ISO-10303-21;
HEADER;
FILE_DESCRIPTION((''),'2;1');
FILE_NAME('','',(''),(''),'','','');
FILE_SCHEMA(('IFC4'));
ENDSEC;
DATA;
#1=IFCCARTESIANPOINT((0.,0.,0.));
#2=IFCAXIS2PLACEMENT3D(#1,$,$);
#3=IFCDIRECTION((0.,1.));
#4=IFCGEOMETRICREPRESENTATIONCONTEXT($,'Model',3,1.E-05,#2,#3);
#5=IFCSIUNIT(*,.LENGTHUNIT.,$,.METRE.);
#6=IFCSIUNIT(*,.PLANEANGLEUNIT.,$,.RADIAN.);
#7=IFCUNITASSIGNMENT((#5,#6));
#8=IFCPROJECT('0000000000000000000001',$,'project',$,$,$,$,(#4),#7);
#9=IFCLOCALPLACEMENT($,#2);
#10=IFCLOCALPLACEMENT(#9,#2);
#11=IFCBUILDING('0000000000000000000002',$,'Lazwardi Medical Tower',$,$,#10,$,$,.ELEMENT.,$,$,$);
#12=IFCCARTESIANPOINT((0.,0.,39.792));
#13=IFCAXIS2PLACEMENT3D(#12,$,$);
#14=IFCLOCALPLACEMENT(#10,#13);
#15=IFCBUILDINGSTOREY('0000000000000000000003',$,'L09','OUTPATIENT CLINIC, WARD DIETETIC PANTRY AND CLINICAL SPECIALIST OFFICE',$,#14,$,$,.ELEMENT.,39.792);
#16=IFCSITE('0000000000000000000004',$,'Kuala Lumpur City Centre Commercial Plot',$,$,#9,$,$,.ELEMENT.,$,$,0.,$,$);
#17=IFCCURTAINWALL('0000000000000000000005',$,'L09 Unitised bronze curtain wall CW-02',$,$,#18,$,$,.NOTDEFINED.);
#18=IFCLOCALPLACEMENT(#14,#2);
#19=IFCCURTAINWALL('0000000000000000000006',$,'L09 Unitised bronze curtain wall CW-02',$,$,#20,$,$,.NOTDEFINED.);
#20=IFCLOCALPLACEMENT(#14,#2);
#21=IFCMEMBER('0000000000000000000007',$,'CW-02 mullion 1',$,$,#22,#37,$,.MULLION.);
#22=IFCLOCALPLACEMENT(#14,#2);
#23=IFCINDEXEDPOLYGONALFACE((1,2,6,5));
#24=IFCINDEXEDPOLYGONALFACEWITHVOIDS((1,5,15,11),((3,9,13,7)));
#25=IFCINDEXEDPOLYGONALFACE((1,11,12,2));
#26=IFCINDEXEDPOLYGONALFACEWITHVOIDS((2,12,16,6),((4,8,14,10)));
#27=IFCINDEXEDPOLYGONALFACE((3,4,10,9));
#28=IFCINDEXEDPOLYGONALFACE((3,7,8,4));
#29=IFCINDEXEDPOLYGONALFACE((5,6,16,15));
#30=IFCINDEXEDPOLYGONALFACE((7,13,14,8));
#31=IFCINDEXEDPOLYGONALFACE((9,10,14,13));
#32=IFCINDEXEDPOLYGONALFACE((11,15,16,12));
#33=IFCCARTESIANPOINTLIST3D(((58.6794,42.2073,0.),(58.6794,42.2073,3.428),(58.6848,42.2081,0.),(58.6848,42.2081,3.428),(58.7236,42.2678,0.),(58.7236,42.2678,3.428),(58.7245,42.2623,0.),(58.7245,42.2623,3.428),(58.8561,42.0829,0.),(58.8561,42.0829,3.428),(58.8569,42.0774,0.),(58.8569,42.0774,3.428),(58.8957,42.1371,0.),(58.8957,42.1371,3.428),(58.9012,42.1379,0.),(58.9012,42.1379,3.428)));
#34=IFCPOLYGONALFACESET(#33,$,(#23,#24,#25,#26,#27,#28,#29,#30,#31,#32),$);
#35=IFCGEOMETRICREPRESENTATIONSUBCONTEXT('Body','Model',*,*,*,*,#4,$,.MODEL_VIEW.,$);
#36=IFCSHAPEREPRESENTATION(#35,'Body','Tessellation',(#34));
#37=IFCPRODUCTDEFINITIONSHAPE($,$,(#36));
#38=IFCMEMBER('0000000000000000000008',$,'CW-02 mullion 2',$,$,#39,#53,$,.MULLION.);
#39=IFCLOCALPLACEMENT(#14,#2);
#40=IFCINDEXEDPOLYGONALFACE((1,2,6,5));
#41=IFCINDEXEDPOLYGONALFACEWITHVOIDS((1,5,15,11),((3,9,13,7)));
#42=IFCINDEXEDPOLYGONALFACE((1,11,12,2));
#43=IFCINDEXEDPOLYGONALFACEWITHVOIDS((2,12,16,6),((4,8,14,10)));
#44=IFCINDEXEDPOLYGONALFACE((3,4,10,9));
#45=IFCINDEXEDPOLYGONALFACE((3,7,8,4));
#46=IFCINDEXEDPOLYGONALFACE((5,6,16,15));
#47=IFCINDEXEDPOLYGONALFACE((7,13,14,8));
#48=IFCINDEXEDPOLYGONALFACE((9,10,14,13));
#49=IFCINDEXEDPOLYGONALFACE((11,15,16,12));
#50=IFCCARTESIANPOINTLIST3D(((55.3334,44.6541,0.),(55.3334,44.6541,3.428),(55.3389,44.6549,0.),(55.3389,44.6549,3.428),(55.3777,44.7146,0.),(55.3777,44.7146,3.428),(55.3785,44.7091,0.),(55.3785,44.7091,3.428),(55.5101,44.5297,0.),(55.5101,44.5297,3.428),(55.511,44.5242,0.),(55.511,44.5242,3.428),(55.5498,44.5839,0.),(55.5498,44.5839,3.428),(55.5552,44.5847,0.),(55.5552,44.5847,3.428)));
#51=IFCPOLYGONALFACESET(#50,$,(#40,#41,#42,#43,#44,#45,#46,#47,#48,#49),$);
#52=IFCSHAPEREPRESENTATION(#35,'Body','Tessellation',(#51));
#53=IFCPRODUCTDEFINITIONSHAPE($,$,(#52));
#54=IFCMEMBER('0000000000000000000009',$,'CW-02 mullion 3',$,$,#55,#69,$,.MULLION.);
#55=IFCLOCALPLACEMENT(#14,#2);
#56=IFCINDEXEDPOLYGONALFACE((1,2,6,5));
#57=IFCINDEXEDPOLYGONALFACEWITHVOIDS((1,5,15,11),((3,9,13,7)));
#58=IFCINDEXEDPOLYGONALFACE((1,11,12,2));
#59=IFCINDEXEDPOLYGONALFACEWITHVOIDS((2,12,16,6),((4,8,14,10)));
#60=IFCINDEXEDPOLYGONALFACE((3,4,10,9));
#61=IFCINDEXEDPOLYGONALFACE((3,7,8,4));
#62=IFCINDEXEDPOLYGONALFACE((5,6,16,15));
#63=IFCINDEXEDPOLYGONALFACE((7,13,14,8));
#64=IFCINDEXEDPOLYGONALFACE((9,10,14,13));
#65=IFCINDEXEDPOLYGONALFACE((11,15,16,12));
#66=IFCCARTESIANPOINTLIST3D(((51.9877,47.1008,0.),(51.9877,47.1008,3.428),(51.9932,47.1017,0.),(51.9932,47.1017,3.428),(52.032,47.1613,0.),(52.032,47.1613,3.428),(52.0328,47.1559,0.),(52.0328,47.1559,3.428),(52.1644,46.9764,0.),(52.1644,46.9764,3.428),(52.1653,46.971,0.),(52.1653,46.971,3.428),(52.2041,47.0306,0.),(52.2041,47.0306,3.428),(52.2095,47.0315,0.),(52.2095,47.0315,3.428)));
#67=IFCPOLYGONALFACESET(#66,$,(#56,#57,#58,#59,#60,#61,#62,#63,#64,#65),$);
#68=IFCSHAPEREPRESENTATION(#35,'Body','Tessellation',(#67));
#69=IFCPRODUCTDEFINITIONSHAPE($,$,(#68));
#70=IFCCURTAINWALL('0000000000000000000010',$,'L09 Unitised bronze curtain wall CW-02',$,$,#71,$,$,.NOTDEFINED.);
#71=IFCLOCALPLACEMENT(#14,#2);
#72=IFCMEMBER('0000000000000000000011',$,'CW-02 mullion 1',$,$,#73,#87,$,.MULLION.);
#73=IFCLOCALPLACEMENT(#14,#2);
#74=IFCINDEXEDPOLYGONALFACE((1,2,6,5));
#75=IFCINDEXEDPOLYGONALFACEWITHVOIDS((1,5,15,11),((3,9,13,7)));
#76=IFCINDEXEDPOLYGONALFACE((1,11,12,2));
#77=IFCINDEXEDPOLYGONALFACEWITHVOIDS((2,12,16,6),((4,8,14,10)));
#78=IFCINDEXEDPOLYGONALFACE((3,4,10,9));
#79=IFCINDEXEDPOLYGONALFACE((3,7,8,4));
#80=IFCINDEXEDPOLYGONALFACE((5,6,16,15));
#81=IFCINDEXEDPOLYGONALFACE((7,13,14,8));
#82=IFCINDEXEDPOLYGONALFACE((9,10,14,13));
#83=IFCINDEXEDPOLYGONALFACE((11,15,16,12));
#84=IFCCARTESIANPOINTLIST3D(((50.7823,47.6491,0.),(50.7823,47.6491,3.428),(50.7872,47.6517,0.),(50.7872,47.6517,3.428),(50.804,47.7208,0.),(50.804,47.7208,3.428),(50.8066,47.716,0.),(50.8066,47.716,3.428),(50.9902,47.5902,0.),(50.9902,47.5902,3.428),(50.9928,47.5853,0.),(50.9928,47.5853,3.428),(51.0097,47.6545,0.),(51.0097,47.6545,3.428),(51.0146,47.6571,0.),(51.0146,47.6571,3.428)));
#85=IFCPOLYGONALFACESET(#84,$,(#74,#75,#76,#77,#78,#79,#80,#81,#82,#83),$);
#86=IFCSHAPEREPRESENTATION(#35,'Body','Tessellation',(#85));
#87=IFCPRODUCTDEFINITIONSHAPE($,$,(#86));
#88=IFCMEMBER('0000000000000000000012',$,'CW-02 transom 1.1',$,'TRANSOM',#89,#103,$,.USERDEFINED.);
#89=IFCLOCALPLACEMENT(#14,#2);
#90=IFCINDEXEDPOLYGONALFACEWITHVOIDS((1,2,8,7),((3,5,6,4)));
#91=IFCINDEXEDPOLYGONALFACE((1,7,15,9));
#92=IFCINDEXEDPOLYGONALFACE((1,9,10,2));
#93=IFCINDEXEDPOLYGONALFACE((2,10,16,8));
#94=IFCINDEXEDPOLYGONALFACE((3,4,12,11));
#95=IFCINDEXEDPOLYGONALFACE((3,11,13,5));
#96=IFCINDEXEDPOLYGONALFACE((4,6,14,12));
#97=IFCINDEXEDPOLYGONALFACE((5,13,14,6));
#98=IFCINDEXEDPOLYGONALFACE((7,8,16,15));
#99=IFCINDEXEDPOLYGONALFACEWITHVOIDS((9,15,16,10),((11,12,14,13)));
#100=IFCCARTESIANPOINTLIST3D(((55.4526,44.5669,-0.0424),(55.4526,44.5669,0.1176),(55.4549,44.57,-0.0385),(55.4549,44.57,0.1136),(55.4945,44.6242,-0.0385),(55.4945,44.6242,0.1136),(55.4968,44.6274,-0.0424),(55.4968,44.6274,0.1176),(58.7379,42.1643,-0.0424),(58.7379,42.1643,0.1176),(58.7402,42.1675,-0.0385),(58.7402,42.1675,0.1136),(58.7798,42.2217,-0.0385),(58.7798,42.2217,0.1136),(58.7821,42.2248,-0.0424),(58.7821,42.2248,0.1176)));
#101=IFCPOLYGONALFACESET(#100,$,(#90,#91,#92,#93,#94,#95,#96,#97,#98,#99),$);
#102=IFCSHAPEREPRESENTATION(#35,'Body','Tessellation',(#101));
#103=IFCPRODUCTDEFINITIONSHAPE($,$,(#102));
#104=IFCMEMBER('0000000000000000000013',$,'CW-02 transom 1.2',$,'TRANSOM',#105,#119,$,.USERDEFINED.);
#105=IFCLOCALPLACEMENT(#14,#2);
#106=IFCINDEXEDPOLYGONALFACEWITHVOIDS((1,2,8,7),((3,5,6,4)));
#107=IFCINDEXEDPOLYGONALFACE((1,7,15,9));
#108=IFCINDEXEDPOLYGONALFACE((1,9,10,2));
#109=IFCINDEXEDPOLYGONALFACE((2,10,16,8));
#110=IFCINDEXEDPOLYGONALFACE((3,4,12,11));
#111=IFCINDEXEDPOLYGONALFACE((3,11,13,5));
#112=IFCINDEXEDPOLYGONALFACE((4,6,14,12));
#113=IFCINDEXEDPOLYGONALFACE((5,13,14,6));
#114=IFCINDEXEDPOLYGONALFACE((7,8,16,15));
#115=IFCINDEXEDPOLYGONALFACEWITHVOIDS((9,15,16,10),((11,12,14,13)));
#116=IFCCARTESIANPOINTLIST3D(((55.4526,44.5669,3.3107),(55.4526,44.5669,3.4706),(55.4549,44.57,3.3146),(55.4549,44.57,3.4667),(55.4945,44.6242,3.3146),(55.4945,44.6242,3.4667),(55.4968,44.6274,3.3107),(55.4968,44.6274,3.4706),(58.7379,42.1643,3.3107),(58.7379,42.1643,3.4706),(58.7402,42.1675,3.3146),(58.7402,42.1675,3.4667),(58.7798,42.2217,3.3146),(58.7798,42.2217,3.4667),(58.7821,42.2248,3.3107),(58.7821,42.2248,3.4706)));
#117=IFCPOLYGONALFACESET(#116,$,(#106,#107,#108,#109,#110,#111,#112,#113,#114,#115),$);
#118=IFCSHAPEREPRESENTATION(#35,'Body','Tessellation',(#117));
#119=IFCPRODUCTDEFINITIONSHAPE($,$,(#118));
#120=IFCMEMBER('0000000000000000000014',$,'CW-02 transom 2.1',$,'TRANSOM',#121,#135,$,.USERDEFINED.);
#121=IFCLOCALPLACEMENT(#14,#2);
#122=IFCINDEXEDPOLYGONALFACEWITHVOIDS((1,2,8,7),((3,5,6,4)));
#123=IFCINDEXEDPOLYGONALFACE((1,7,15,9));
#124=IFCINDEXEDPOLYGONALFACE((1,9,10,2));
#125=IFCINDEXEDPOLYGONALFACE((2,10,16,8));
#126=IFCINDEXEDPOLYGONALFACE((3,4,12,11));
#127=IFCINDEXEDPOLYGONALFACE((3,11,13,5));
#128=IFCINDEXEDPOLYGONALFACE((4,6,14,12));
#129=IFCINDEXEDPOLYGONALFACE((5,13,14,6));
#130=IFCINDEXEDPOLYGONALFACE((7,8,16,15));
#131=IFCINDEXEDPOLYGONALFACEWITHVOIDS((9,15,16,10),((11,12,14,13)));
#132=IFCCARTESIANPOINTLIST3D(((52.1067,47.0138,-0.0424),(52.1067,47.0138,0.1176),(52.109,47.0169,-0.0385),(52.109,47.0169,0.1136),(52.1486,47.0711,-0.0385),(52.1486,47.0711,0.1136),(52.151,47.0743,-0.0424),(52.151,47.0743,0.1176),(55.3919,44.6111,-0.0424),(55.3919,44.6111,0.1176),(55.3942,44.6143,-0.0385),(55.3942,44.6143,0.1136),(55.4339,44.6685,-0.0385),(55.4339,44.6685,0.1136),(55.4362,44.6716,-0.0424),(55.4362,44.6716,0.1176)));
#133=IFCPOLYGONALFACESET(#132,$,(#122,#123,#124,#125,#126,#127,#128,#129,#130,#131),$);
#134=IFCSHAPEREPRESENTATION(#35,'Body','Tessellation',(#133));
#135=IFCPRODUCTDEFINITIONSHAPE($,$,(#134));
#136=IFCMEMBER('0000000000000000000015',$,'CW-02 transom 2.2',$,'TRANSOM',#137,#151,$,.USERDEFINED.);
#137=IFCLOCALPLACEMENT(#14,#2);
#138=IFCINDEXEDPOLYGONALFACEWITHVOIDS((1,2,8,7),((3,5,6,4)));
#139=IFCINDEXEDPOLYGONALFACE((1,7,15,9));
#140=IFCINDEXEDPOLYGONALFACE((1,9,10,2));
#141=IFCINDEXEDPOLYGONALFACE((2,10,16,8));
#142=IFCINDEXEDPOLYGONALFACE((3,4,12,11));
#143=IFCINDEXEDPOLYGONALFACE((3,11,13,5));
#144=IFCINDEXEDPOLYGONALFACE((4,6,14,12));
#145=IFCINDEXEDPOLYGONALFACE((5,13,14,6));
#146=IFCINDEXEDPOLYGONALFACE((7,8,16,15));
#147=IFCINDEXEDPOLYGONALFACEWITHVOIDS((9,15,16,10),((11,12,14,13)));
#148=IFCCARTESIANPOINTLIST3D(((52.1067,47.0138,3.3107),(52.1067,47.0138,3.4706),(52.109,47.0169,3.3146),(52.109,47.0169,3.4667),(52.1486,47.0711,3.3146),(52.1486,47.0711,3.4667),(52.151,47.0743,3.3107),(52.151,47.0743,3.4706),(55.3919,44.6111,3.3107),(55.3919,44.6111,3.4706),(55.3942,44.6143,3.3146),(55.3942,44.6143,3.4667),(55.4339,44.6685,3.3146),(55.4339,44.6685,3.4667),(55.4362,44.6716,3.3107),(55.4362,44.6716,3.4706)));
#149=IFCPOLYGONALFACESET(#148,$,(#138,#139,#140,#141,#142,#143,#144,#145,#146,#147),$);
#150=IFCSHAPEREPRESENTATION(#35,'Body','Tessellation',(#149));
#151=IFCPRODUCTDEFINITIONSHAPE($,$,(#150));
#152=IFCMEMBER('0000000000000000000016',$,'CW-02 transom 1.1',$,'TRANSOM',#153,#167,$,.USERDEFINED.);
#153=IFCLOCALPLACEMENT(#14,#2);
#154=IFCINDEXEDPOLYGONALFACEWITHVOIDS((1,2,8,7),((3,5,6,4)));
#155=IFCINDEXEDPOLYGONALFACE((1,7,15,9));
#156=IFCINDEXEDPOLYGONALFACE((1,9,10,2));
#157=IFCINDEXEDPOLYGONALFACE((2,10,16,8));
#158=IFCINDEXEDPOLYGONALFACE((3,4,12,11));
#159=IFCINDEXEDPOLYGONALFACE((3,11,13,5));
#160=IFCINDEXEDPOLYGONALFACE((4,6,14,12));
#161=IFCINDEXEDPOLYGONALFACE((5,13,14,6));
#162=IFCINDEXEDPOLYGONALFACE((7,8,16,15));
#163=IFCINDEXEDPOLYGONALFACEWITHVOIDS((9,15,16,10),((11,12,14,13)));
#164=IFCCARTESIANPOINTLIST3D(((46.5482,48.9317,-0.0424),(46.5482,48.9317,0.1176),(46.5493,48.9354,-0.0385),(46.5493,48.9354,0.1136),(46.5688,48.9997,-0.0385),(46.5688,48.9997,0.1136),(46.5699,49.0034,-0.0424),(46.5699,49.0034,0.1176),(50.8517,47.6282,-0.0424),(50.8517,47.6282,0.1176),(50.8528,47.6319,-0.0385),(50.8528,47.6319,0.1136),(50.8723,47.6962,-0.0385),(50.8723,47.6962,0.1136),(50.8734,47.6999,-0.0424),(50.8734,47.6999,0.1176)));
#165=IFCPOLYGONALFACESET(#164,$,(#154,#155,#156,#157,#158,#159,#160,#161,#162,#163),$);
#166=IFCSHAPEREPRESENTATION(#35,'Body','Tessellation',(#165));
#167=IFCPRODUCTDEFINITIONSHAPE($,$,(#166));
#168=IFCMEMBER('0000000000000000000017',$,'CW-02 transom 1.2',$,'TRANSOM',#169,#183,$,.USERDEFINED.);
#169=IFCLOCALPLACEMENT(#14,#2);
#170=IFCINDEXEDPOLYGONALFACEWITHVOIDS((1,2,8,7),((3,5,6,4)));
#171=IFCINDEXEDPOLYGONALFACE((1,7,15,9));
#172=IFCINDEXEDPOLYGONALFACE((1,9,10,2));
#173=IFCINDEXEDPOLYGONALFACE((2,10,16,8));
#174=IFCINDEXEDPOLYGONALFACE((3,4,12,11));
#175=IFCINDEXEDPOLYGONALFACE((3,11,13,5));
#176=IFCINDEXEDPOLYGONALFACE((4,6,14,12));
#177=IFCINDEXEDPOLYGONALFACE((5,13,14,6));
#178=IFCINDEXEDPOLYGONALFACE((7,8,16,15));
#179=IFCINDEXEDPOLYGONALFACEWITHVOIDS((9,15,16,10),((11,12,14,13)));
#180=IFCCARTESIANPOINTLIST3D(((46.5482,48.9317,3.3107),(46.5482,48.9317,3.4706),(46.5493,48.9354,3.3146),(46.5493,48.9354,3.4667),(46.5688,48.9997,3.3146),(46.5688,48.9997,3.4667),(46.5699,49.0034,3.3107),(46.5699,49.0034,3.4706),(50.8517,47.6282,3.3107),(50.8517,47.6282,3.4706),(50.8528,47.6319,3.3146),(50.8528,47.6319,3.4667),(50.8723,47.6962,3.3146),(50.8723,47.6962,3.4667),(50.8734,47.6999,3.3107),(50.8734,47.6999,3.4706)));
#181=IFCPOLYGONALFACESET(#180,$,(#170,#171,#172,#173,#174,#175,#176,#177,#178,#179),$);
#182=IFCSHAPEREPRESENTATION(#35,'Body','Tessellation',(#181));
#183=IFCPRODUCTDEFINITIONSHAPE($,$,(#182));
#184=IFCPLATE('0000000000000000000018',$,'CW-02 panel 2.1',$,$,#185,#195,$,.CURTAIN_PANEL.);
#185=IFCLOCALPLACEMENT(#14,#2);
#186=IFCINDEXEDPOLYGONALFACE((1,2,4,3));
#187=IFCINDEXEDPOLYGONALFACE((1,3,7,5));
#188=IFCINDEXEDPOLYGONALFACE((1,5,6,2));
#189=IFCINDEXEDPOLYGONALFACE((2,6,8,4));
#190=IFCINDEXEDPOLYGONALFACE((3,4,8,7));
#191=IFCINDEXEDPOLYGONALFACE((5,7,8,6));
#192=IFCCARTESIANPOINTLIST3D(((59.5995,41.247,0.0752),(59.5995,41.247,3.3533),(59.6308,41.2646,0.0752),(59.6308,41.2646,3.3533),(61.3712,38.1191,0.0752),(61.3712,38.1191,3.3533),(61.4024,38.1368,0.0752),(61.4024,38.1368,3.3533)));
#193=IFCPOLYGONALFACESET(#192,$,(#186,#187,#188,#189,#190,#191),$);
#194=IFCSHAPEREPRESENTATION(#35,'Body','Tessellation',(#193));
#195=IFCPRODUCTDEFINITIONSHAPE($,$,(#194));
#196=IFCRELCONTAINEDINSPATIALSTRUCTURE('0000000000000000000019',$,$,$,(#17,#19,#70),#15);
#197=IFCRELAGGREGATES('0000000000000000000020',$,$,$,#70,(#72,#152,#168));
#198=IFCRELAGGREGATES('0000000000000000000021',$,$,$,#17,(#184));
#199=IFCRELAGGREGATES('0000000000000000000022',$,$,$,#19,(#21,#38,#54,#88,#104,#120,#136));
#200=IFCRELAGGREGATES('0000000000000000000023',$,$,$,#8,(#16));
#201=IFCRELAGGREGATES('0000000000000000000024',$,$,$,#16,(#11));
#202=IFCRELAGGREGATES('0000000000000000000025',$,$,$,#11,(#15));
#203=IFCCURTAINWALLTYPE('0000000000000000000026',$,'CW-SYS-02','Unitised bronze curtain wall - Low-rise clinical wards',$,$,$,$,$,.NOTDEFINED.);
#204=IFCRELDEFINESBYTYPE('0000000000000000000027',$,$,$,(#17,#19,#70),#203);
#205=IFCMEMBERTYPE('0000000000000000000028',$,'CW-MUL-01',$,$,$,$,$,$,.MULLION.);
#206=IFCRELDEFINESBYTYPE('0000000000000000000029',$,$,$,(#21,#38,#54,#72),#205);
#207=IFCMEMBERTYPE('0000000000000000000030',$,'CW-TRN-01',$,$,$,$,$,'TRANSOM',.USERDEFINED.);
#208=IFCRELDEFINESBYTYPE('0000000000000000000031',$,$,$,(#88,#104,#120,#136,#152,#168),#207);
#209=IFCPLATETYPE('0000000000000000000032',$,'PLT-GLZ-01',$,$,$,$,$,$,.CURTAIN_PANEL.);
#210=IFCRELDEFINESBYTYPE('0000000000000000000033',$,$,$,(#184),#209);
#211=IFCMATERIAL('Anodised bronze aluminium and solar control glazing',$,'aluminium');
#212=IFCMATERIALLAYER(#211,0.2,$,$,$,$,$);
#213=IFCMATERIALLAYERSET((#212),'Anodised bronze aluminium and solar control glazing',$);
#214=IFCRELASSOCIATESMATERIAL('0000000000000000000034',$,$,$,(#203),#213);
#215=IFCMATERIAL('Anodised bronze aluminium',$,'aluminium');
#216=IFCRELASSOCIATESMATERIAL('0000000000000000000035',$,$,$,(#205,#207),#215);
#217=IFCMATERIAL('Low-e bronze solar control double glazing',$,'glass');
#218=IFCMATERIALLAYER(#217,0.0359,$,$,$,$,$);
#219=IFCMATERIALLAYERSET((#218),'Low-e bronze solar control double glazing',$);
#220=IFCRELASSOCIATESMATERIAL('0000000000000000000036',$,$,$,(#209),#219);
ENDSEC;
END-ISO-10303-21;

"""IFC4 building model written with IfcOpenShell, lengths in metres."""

from ifc_helpers import new_model, si_unit, direction, frame, origin, origin_2d, place, context, subcontext, project, spatial, rectangle, hollow_rectangle, extrude, material, layer, layer_set, material_profile, profile_set, type_object, element, aggregate, save


model = new_model("IFC4")

# Units and contexts
model_context = context("Model", 3, precision=1e-05, world=origin(), true_north=direction((0.0, 1.0)))
body_context = subcontext(model_context, "Body", "Model", "MODEL_VIEW")
ifc_project = project(units=[si_unit("LENGTHUNIT", "METRE"), si_unit("PLANEANGLEUNIT", "RADIAN")], contexts=[model_context])

# Site, building, storey
site_placement = place(None, origin())
site = spatial("IfcSite", under=ifc_project, at=site_placement, Name="Kuala Lumpur City Centre Commercial Plot", CompositionType="ELEMENT", RefElevation=0.0)
building_placement = place(site_placement, origin())
building = spatial("IfcBuilding", under=site, at=building_placement, Name="Lazwardi Medical Tower", CompositionType="ELEMENT")
storey_placement = place(building_placement, frame((0.0, 0.0, 39.792)))
storey = spatial("IfcBuildingStorey", under=building, at=storey_placement, Name="L09", Description="OUTPATIENT CLINIC, WARD DIETETIC PANTRY AND CLINICAL SPECIALIST OFFICE", CompositionType="ELEMENT", Elevation=39.792)

# Curtain wall
ifc_material_1 = material(Name="Anodised bronze aluminium and solar control glazing", Category="aluminium")
ifc_layer_1 = layer(ifc_material_1, 0.2)
ifc_layer_set_1 = layer_set([ifc_layer_1], Name="Anodised bronze aluminium and solar control glazing")
curtain_wall_type = type_object("IfcCurtainWallType", Name="CW-SYS-02", Description="Unitised bronze curtain wall - Low-rise clinical wards", PredefinedType="NOTDEFINED", material=ifc_layer_set_1)
curtain_wall_1_placement = place(storey_placement, origin())
curtain_wall_1 = element("IfcCurtainWall", 1, at=curtain_wall_1_placement, inside=storey, type_object=curtain_wall_type, Name="L09 Unitised bronze curtain wall CW-02", PredefinedType="NOTDEFINED")
ifc_material_2 = material(Name="Anodised bronze aluminium", Category="aluminium")
ifc_material_profile_1 = material_profile(ifc_material_2, hollow_rectangle(XDim=0.075, YDim=0.22, WallThickness=0.0039, at=origin_2d()), Name="ALU-MULLION 220x75x4")
ifc_profile_set_1 = profile_set([ifc_material_profile_1], Name="Anodised bronze aluminium")
member_type_1 = type_object("IfcMemberType", Name="CW-MUL-01", PredefinedType="MULLION", material=ifc_profile_set_1)

# Curtain wall, members
curtain_wall_2_placement = place(storey_placement, origin())
curtain_wall_2 = element("IfcCurtainWall", 2, at=curtain_wall_2_placement, inside=storey, type_object=curtain_wall_type, Name="L09 Unitised bronze curtain wall CW-02", PredefinedType="NOTDEFINED")
member_1_placement = place(storey_placement, frame((58.7903, 42.1726, 0.0), z_axis=(0.0, 0.0, 1.0), x_axis=(-0.590289, -0.807192, 0.0)))
member_1 = element("IfcMember", 3, at=member_1_placement, type_object=member_type_1, Name="CW-02 mullion 1", PredefinedType="MULLION", context=body_context, shape_type="SweptSolid", body=[
    extrude(hollow_rectangle(XDim=0.075, YDim=0.22, WallThickness=0.0039, at=origin_2d()), origin(), (0.0, 0.0, 1.0), 3.428),
])
member_2_placement = place(storey_placement, frame((55.4443, 44.6194, 0.0), z_axis=(0.0, 0.0, 1.0), x_axis=(-0.590289, -0.807192, 0.0)))
member_2 = element("IfcMember", 4, at=member_2_placement, type_object=member_type_1, Name="CW-02 mullion 2", PredefinedType="MULLION", context=body_context, shape_type="SweptSolid", body=[
    extrude(hollow_rectangle(XDim=0.075, YDim=0.22, WallThickness=0.0039, at=origin_2d()), origin(), (0.0, 0.0, 1.0), 3.428),
])
member_3_placement = place(storey_placement, frame((52.0986, 47.0662, 0.0), z_axis=(0.0, 0.0, 1.0), x_axis=(-0.590289, -0.807192, 0.0)))
member_3 = element("IfcMember", 5, at=member_3_placement, type_object=member_type_1, Name="CW-02 mullion 3", PredefinedType="MULLION", context=body_context, shape_type="SweptSolid", body=[
    extrude(hollow_rectangle(XDim=0.075, YDim=0.22, WallThickness=0.0039, at=origin_2d()), origin(), (0.0, 0.0, 1.0), 3.428),
])

# Curtain wall, member
curtain_wall_3_placement = place(storey_placement, origin())
curtain_wall_3 = element("IfcCurtainWall", 6, at=curtain_wall_3_placement, inside=storey, type_object=curtain_wall_type, Name="L09 Unitised bronze curtain wall CW-02", PredefinedType="NOTDEFINED")
member_4_placement = place(storey_placement, frame((50.8984, 47.6531, 0.0), z_axis=(0.0, 0.0, 1.0), x_axis=(-0.289896, -0.957058, 0.0)))
member_4 = element("IfcMember", 7, at=member_4_placement, type_object=member_type_1, Name="CW-02 mullion 1", PredefinedType="MULLION", context=body_context, shape_type="SweptSolid", body=[
    extrude(hollow_rectangle(XDim=0.075, YDim=0.22, WallThickness=0.0039, at=origin_2d()), origin(), (0.0, 0.0, 1.0), 3.428),
])

# Members
ifc_material_profile_2 = material_profile(ifc_material_2, hollow_rectangle(XDim=0.075, YDim=0.1599, WallThickness=0.0039, at=origin_2d()), Name="ALU-TRANSOM 160x75x4")
ifc_profile_set_2 = profile_set([ifc_material_profile_2], Name="Anodised bronze aluminium")
member_type_2 = type_object("IfcMemberType", Name="CW-TRN-01", ElementType="TRANSOM", PredefinedType="USERDEFINED", material=ifc_profile_set_2)
member_5_placement = place(storey_placement, frame((58.76, 42.1946, 0.0376), z_axis=(-0.80719, 0.590292, 0.0), x_axis=(-0.590292, -0.80719, 0.0)))
member_5 = element("IfcMember", 8, at=member_5_placement, type_object=member_type_2, Name="CW-02 transom 1.1", ObjectType="TRANSOM", PredefinedType="USERDEFINED", context=body_context, shape_type="SweptSolid", body=[
    extrude(hollow_rectangle(XDim=0.075, YDim=0.1599, WallThickness=0.0039, at=origin_2d()), origin(), (0.0, 0.0, 1.0), 4.0701),
])
member_6_placement = place(storey_placement, frame((58.76, 42.1946, 3.3906), z_axis=(-0.80719, 0.590292, 0.0), x_axis=(-0.590292, -0.80719, 0.0)))
member_6 = element("IfcMember", 9, at=member_6_placement, type_object=member_type_2, Name="CW-02 transom 1.2", ObjectType="TRANSOM", PredefinedType="USERDEFINED", context=body_context, shape_type="SweptSolid", body=[
    extrude(hollow_rectangle(XDim=0.075, YDim=0.1599, WallThickness=0.0039, at=origin_2d()), origin(), (0.0, 0.0, 1.0), 4.0701),
])
member_7_placement = place(storey_placement, frame((55.4141, 44.6414, 0.0376), z_axis=(-0.807169, 0.59032, 0.0), x_axis=(-0.59032, -0.807169, 0.0)))
member_7 = element("IfcMember", 10, at=member_7_placement, type_object=member_type_2, Name="CW-02 transom 2.1", ObjectType="TRANSOM", PredefinedType="USERDEFINED", context=body_context, shape_type="SweptSolid", body=[
    extrude(hollow_rectangle(XDim=0.075, YDim=0.1599, WallThickness=0.0039, at=origin_2d()), origin(), (0.0, 0.0, 1.0), 4.0701),
])
member_8_placement = place(storey_placement, frame((55.4141, 44.6414, 3.3906), z_axis=(-0.807169, 0.59032, 0.0), x_axis=(-0.59032, -0.807169, 0.0)))
member_8 = element("IfcMember", 11, at=member_8_placement, type_object=member_type_2, Name="CW-02 transom 2.2", ObjectType="TRANSOM", PredefinedType="USERDEFINED", context=body_context, shape_type="SweptSolid", body=[
    extrude(hollow_rectangle(XDim=0.075, YDim=0.1599, WallThickness=0.0039, at=origin_2d()), origin(), (0.0, 0.0, 1.0), 4.0701),
])
member_9_placement = place(storey_placement, frame((50.8625, 47.6641, 0.0376), z_axis=(-0.957062, 0.289882, 0.0), x_axis=(-0.289882, -0.957062, 0.0)))
member_9 = element("IfcMember", 12, at=member_9_placement, type_object=member_type_2, Name="CW-02 transom 1.1", ObjectType="TRANSOM", PredefinedType="USERDEFINED", context=body_context, shape_type="SweptSolid", body=[
    extrude(hollow_rectangle(XDim=0.075, YDim=0.1599, WallThickness=0.0039, at=origin_2d()), origin(), (0.0, 0.0, 1.0), 4.4966),
])
member_10_placement = place(storey_placement, frame((50.8625, 47.6641, 3.3906), z_axis=(-0.957062, 0.289882, 0.0), x_axis=(-0.289882, -0.957062, 0.0)))
member_10 = element("IfcMember", 13, at=member_10_placement, type_object=member_type_2, Name="CW-02 transom 1.2", ObjectType="TRANSOM", PredefinedType="USERDEFINED", context=body_context, shape_type="SweptSolid", body=[
    extrude(hollow_rectangle(XDim=0.075, YDim=0.1599, WallThickness=0.0039, at=origin_2d()), origin(), (0.0, 0.0, 1.0), 4.4966),
])
aggregate(curtain_wall_3, [member_4, member_9, member_10])

# Plate
ifc_material_3 = material(Name="Low-e bronze solar control double glazing", Category="glass")
ifc_layer_2 = layer(ifc_material_3, 0.0359)
ifc_layer_set_2 = layer_set([ifc_layer_2], Name="Low-e bronze solar control double glazing")
plate_type = type_object("IfcPlateType", Name="PLT-GLZ-01", PredefinedType="CURTAIN_PANEL", material=ifc_layer_set_2)
plate_1_placement = place(storey_placement, frame((60.501, 39.6919, 0.0752), z_axis=(0.0, 0.0, 1.0), x_axis=(-0.492854, 0.870112, 0.0)))
plate_1 = element("IfcPlate", 14, at=plate_1_placement, type_object=plate_type, Name="CW-02 panel 2.1", PredefinedType="CURTAIN_PANEL", context=body_context, shape_type="SweptSolid", body=[
    extrude(rectangle(XDim=3.5947, YDim=0.0359, at=origin_2d()), origin(), (0.0, 0.0, 1.0), 3.2781),
])
aggregate(curtain_wall_1, [plate_1])
aggregate(curtain_wall_2, [member_1, member_2, member_3, member_5, member_6, member_7, member_8])

save(model, "model.ifc")
